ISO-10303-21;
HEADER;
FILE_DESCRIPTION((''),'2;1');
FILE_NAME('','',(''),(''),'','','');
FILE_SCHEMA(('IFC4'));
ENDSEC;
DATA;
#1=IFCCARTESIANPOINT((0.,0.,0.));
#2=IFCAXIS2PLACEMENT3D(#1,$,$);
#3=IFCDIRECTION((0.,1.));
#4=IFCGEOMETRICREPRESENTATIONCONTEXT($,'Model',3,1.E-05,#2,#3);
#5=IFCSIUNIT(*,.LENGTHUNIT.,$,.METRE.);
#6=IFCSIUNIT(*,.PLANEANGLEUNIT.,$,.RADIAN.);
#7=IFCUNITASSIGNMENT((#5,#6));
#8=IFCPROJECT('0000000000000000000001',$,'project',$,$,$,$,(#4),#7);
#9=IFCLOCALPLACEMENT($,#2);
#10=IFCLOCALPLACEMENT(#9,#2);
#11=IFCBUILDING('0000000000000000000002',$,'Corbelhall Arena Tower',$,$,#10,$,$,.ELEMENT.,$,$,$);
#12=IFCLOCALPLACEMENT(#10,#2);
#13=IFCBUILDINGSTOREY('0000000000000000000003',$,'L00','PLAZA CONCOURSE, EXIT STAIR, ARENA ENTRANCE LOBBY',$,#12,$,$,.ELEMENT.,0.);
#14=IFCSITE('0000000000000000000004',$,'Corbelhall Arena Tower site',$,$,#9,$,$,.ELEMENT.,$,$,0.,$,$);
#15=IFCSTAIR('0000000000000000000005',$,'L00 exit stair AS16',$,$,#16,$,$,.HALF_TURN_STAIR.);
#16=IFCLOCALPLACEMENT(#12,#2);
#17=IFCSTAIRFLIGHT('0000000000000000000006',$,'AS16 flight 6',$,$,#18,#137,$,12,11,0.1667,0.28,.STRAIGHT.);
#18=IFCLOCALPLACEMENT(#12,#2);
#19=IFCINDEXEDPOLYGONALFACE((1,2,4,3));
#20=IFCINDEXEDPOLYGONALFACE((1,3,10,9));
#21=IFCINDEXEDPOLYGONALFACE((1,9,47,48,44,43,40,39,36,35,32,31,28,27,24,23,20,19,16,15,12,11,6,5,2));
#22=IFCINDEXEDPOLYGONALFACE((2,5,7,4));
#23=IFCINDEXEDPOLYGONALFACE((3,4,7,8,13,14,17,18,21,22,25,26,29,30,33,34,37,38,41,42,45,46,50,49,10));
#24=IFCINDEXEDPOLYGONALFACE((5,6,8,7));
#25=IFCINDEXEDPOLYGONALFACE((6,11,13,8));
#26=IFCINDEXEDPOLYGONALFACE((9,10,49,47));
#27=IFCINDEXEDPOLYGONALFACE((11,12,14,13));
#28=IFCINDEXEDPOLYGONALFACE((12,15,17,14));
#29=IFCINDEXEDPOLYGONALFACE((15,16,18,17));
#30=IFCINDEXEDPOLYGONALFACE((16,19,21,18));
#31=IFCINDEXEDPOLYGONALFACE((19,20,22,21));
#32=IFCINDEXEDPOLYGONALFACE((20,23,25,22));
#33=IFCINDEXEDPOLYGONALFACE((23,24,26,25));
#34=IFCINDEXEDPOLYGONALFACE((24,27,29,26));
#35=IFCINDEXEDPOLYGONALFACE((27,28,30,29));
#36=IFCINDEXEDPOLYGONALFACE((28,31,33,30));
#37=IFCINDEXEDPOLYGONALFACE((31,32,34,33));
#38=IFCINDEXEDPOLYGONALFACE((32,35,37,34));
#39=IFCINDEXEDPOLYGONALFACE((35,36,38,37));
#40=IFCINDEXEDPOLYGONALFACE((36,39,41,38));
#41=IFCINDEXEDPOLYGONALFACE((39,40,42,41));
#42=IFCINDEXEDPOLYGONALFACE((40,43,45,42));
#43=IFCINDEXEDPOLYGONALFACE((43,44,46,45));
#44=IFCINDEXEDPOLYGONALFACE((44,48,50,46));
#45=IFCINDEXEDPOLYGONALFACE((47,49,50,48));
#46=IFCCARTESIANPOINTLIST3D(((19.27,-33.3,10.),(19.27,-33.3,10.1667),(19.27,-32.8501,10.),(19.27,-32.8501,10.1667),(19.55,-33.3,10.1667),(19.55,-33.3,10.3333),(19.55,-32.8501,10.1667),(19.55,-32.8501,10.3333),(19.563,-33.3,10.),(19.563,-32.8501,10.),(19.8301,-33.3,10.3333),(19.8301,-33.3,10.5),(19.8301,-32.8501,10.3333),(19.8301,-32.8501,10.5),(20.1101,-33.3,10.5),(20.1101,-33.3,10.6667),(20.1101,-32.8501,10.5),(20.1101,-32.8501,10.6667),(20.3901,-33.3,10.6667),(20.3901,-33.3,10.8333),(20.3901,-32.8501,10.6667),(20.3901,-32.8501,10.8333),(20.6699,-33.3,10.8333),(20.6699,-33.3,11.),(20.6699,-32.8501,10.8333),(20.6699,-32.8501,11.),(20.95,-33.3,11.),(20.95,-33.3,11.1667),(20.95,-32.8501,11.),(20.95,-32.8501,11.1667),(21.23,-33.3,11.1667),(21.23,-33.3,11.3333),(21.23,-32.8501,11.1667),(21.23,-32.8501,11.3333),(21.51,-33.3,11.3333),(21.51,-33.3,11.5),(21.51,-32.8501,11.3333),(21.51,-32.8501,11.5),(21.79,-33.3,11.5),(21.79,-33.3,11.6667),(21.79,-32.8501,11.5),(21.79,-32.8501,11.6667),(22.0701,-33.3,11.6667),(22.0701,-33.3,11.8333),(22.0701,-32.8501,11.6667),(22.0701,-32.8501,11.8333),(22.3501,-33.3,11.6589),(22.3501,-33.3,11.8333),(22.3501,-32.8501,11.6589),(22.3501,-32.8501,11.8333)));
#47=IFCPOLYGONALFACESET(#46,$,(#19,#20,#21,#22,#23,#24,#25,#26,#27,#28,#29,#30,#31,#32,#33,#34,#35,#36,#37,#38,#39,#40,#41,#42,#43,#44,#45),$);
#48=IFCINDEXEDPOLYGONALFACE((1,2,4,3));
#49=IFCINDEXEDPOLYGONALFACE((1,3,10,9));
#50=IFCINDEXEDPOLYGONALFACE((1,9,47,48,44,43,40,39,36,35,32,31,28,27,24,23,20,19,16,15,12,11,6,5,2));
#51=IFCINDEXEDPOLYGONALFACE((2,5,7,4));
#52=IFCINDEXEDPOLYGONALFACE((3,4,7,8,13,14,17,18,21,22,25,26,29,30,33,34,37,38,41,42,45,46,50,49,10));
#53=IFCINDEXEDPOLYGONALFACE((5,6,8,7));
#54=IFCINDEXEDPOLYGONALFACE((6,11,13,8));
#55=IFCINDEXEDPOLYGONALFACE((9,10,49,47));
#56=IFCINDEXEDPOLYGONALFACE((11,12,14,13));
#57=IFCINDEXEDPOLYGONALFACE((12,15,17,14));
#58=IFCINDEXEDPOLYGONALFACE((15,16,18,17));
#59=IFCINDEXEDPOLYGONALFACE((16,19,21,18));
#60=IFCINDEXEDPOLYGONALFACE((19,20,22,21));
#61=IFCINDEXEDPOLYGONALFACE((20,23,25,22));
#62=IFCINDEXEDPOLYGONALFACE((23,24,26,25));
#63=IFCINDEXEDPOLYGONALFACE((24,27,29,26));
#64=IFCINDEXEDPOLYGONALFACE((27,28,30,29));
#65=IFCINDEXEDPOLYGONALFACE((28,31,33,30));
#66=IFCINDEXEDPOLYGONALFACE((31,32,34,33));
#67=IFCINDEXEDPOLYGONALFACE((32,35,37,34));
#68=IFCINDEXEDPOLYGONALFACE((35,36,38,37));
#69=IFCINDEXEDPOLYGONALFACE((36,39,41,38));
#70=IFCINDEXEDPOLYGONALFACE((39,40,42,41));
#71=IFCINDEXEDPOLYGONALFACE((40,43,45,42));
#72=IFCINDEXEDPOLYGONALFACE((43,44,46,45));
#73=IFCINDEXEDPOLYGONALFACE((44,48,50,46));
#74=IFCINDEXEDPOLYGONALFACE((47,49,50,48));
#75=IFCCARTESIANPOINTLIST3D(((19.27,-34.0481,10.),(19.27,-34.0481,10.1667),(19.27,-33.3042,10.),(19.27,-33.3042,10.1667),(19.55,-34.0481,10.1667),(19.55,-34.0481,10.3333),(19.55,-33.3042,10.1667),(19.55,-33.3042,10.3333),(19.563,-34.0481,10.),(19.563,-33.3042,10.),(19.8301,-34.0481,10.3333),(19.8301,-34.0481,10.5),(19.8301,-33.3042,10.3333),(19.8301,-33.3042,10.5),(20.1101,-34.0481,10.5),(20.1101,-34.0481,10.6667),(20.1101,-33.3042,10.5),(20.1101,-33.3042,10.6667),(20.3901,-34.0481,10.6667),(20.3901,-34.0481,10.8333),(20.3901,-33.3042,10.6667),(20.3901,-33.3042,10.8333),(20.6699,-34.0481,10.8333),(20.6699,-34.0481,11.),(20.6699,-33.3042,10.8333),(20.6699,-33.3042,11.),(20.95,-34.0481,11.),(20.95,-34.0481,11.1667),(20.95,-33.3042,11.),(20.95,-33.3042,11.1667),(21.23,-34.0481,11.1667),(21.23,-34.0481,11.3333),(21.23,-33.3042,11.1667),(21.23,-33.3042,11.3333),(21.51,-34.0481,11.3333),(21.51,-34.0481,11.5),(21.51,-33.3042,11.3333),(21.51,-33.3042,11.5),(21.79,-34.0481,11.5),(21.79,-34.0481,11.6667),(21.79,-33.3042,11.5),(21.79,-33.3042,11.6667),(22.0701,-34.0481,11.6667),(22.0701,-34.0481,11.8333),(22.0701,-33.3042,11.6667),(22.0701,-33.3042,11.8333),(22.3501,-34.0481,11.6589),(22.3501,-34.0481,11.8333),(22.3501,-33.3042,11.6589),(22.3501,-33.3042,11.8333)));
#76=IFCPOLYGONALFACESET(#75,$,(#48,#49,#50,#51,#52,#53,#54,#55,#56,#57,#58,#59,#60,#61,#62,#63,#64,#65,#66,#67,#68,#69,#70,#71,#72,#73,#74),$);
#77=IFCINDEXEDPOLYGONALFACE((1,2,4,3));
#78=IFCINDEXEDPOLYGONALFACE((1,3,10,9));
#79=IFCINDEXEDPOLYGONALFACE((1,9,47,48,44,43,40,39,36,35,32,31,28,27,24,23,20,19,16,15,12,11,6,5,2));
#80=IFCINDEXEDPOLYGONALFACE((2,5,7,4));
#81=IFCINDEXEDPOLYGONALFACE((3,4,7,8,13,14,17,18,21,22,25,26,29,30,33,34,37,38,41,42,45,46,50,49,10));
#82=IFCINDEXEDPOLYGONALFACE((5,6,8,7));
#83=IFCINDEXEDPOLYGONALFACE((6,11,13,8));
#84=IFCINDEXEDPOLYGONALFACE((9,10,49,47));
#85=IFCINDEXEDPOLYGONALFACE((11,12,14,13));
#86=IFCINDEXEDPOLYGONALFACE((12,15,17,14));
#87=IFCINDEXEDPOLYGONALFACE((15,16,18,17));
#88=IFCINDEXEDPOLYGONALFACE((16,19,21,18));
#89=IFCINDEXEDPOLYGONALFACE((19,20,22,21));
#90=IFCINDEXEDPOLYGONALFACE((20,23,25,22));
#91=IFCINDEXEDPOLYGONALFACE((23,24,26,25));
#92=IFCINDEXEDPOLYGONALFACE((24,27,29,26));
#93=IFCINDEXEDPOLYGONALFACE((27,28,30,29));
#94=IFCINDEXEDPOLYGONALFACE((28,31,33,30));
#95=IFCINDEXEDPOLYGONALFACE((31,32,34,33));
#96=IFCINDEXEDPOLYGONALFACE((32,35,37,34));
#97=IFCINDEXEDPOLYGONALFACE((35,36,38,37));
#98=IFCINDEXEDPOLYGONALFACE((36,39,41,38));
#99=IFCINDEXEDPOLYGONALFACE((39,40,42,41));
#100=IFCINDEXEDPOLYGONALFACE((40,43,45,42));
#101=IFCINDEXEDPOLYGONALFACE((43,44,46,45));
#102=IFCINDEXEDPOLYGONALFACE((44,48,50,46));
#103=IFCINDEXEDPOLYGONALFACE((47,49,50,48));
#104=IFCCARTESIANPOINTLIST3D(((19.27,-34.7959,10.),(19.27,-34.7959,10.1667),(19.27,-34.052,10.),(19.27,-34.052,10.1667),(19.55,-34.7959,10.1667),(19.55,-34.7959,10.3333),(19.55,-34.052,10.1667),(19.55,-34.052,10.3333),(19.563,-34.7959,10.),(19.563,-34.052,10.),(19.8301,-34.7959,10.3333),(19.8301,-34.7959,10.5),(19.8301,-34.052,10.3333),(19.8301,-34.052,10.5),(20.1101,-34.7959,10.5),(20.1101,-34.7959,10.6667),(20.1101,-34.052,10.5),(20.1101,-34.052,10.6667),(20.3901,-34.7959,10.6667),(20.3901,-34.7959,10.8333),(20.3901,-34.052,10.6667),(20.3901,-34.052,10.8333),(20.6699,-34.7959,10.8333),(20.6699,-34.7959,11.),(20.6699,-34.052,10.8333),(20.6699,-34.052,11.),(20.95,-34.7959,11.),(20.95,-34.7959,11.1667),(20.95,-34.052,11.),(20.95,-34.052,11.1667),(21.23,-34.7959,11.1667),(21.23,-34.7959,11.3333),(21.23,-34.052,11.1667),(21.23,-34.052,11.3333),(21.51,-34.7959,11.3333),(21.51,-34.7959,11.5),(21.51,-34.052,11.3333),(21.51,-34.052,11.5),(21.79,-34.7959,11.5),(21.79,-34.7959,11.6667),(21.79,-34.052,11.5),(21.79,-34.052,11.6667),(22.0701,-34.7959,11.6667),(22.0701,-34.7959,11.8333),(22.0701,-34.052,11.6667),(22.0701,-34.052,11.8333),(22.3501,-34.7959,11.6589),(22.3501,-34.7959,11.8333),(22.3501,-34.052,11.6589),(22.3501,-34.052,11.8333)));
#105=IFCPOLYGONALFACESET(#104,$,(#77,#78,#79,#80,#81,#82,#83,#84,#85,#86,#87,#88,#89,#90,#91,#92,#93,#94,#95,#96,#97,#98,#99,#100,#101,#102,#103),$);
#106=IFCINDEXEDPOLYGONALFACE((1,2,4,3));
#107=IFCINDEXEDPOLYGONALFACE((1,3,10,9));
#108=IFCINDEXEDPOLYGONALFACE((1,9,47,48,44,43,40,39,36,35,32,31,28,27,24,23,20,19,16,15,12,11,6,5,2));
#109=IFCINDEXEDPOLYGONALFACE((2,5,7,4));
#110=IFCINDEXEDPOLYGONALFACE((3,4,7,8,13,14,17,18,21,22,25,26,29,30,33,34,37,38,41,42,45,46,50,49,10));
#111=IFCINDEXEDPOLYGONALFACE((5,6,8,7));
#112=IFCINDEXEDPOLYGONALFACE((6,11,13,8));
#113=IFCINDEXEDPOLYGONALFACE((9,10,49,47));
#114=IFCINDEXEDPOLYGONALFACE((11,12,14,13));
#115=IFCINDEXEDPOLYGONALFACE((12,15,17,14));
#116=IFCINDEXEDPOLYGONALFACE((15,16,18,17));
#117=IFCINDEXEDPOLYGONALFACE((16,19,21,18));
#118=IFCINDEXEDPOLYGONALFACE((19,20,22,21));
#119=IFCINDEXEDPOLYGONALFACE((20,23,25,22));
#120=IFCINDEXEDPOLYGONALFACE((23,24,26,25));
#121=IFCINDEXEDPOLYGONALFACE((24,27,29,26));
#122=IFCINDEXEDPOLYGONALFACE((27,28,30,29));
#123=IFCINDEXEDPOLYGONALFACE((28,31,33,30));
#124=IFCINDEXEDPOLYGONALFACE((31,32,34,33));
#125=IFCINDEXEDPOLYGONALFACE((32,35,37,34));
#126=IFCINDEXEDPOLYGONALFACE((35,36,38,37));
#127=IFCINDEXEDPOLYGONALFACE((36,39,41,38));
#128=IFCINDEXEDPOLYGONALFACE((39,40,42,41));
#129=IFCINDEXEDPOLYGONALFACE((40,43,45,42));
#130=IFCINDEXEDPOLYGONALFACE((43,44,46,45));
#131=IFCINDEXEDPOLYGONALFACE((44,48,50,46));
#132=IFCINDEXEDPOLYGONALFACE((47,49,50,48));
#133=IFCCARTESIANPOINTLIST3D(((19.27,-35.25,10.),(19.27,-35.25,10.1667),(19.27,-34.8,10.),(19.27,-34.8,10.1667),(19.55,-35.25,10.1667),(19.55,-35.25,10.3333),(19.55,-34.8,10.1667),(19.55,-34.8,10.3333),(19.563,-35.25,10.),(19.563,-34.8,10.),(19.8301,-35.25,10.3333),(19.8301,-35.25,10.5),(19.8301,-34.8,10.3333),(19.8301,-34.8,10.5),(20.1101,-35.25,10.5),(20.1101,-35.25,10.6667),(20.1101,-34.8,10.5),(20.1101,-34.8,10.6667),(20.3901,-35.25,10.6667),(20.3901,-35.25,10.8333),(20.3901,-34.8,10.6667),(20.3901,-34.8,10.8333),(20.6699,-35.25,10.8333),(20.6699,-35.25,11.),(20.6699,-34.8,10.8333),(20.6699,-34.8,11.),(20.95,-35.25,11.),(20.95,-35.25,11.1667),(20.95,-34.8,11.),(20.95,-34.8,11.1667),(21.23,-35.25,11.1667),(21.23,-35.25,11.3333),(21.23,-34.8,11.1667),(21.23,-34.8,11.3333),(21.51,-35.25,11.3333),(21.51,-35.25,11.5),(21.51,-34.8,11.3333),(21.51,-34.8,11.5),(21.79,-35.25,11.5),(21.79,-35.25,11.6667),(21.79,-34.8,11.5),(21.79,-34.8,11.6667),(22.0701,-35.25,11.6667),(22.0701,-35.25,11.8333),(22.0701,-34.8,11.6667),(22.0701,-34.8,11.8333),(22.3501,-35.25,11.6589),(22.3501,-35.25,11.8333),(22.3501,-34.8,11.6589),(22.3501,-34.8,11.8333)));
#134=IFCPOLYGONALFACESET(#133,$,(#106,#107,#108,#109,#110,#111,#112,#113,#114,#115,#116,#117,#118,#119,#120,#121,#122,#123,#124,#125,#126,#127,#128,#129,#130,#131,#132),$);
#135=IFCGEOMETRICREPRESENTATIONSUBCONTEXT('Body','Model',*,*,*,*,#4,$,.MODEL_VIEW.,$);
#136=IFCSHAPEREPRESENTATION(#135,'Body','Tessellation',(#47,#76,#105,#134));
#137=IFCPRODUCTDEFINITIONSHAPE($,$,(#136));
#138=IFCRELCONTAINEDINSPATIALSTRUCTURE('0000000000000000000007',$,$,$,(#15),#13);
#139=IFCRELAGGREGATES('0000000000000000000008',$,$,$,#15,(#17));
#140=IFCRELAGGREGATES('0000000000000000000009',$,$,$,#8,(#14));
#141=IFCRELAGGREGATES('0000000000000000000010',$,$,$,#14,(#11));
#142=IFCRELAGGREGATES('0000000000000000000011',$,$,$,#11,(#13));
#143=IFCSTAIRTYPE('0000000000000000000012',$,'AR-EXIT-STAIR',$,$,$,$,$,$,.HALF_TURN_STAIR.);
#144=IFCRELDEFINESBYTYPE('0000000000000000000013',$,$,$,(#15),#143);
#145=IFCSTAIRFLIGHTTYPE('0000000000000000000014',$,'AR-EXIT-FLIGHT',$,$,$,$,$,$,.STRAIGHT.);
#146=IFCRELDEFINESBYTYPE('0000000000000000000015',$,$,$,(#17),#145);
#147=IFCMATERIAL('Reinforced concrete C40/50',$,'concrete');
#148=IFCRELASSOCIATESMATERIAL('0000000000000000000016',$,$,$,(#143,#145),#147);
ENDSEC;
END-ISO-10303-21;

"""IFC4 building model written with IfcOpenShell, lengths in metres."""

from ifc_helpers import new_model, si_unit, direction, frame, origin, place, context, subcontext, project, spatial, polyline, outline, extrude, material, type_object, element, aggregate, save


model = new_model("IFC4")

# Units and contexts
model_context = context("Model", 3, precision=1e-05, world=origin(), true_north=direction((0.0, 1.0)))
body_context = subcontext(model_context, "Body", "Model", "MODEL_VIEW")
ifc_project = project(units=[si_unit("LENGTHUNIT", "METRE"), si_unit("PLANEANGLEUNIT", "RADIAN")], contexts=[model_context])

# Site, building, storey
site_placement = place(None, origin())
site = spatial("IfcSite", under=ifc_project, at=site_placement, Name="Corbelhall Arena Tower site", CompositionType="ELEMENT", RefElevation=0.0)
building_placement = place(site_placement, origin())
building = spatial("IfcBuilding", under=site, at=building_placement, Name="Corbelhall Arena Tower", CompositionType="ELEMENT")
storey_placement = place(building_placement, origin())
storey = spatial("IfcBuildingStorey", under=building, at=storey_placement, Name="L00", Description="PLAZA CONCOURSE, EXIT STAIR, ARENA ENTRANCE LOBBY", CompositionType="ELEMENT", Elevation=0.0)

# Shared definitions
ifc_material_1 = material(Name="Reinforced concrete C40/50", Category="concrete")

# Stair, stair flight
stair_type = type_object("IfcStairType", Name="AR-EXIT-STAIR", PredefinedType="HALF_TURN_STAIR", material=ifc_material_1)
stair_placement = place(storey_placement, origin())
stair = element("IfcStair", 1, at=stair_placement, inside=storey, type_object=stair_type, Name="L00 exit stair AS16", PredefinedType="HALF_TURN_STAIR")
stair_flight_type = type_object("IfcStairFlightType", Name="AR-EXIT-FLIGHT", PredefinedType="STRAIGHT", material=ifc_material_1)
stair_flight_1_placement = place(storey_placement, frame((19.27, -34.05, 10.0), z_axis=(0.0, 0.0, 1.0), x_axis=(1.0, 0.0, 0.0)))
stair_flight_1 = element("IfcStairFlight", 2, at=stair_flight_1_placement, type_object=stair_flight_type, Name="AS16 flight 6", NumberOfRisers=12, NumberOfTreads=11, PredefinedType="STRAIGHT", RiserHeight=0.1667, TreadLength=0.28, context=body_context, shape_type="SweptSolid", body=[
    extrude(outline(polyline([(0.0, 0.0), (0.0, 0.1667), (0.28, 0.1667), (0.28, 0.3333), (0.5601, 0.3333), (0.5601, 0.5), (0.8401, 0.5), (0.8401, 0.6667), (1.1201, 0.6667), (1.1201, 0.8333), (1.3999, 0.8333), (1.3999, 1.0), (1.6799, 1.0), (1.6799, 1.1667), (1.96, 1.1667), (1.96, 1.3333), (2.24, 1.3333), (2.24, 1.5), (2.52, 1.5), (2.52, 1.6667), (2.8, 1.6667), (2.8, 1.8333), (3.0801, 1.8333), (3.0801, 2.0), (3.0801, 1.6589), (0.293, 0.0), (0.0, 0.0)])), frame((0.0, 1.2, 0.0), z_axis=(0.0, -1.0, 0.0), x_axis=(1.0, 0.0, 0.0)), (0.0, 0.0, 1.0), 0.45),
    extrude(outline(polyline([(0.0, 0.0), (0.0, 0.1667), (0.28, 0.1667), (0.28, 0.3333), (0.5601, 0.3333), (0.5601, 0.5), (0.8401, 0.5), (0.8401, 0.6667), (1.1201, 0.6667), (1.1201, 0.8333), (1.3999, 0.8333), (1.3999, 1.0), (1.6799, 1.0), (1.6799, 1.1667), (1.96, 1.1667), (1.96, 1.3333), (2.24, 1.3333), (2.24, 1.5), (2.52, 1.5), (2.52, 1.6667), (2.8, 1.6667), (2.8, 1.8333), (3.0801, 1.8333), (3.0801, 2.0), (3.0801, 1.6589), (0.293, 0.0), (0.0, 0.0)])), frame((0.0, 0.7458, 0.0), z_axis=(0.0, -1.0, 0.0), x_axis=(1.0, 0.0, 0.0)), (0.0, 0.0, 1.0), 0.7439),
    extrude(outline(polyline([(0.0, 0.0), (0.0, 0.1667), (0.28, 0.1667), (0.28, 0.3333), (0.5601, 0.3333), (0.5601, 0.5), (0.8401, 0.5), (0.8401, 0.6667), (1.1201, 0.6667), (1.1201, 0.8333), (1.3999, 0.8333), (1.3999, 1.0), (1.6799, 1.0), (1.6799, 1.1667), (1.96, 1.1667), (1.96, 1.3333), (2.24, 1.3333), (2.24, 1.5), (2.52, 1.5), (2.52, 1.6667), (2.8, 1.6667), (2.8, 1.8333), (3.0801, 1.8333), (3.0801, 2.0), (3.0801, 1.6589), (0.293, 0.0), (0.0, 0.0)])), frame((0.0, -0.002, 0.0), z_axis=(0.0, -1.0, 0.0), x_axis=(1.0, 0.0, 0.0)), (0.0, 0.0, 1.0), 0.7439),
    extrude(outline(polyline([(0.0, 0.0), (0.0, 0.1667), (0.28, 0.1667), (0.28, 0.3333), (0.5601, 0.3333), (0.5601, 0.5), (0.8401, 0.5), (0.8401, 0.6667), (1.1201, 0.6667), (1.1201, 0.8333), (1.3999, 0.8333), (1.3999, 1.0), (1.6799, 1.0), (1.6799, 1.1667), (1.96, 1.1667), (1.96, 1.3333), (2.24, 1.3333), (2.24, 1.5), (2.52, 1.5), (2.52, 1.6667), (2.8, 1.6667), (2.8, 1.8333), (3.0801, 1.8333), (3.0801, 2.0), (3.0801, 1.6589), (0.293, 0.0), (0.0, 0.0)])), frame((0.0, -0.75, 0.0), z_axis=(0.0, -1.0, 0.0), x_axis=(1.0, 0.0, 0.0)), (0.0, 0.0, 1.0), 0.45),
])
aggregate(stair, [stair_flight_1])

save(model, "model.ifc")
